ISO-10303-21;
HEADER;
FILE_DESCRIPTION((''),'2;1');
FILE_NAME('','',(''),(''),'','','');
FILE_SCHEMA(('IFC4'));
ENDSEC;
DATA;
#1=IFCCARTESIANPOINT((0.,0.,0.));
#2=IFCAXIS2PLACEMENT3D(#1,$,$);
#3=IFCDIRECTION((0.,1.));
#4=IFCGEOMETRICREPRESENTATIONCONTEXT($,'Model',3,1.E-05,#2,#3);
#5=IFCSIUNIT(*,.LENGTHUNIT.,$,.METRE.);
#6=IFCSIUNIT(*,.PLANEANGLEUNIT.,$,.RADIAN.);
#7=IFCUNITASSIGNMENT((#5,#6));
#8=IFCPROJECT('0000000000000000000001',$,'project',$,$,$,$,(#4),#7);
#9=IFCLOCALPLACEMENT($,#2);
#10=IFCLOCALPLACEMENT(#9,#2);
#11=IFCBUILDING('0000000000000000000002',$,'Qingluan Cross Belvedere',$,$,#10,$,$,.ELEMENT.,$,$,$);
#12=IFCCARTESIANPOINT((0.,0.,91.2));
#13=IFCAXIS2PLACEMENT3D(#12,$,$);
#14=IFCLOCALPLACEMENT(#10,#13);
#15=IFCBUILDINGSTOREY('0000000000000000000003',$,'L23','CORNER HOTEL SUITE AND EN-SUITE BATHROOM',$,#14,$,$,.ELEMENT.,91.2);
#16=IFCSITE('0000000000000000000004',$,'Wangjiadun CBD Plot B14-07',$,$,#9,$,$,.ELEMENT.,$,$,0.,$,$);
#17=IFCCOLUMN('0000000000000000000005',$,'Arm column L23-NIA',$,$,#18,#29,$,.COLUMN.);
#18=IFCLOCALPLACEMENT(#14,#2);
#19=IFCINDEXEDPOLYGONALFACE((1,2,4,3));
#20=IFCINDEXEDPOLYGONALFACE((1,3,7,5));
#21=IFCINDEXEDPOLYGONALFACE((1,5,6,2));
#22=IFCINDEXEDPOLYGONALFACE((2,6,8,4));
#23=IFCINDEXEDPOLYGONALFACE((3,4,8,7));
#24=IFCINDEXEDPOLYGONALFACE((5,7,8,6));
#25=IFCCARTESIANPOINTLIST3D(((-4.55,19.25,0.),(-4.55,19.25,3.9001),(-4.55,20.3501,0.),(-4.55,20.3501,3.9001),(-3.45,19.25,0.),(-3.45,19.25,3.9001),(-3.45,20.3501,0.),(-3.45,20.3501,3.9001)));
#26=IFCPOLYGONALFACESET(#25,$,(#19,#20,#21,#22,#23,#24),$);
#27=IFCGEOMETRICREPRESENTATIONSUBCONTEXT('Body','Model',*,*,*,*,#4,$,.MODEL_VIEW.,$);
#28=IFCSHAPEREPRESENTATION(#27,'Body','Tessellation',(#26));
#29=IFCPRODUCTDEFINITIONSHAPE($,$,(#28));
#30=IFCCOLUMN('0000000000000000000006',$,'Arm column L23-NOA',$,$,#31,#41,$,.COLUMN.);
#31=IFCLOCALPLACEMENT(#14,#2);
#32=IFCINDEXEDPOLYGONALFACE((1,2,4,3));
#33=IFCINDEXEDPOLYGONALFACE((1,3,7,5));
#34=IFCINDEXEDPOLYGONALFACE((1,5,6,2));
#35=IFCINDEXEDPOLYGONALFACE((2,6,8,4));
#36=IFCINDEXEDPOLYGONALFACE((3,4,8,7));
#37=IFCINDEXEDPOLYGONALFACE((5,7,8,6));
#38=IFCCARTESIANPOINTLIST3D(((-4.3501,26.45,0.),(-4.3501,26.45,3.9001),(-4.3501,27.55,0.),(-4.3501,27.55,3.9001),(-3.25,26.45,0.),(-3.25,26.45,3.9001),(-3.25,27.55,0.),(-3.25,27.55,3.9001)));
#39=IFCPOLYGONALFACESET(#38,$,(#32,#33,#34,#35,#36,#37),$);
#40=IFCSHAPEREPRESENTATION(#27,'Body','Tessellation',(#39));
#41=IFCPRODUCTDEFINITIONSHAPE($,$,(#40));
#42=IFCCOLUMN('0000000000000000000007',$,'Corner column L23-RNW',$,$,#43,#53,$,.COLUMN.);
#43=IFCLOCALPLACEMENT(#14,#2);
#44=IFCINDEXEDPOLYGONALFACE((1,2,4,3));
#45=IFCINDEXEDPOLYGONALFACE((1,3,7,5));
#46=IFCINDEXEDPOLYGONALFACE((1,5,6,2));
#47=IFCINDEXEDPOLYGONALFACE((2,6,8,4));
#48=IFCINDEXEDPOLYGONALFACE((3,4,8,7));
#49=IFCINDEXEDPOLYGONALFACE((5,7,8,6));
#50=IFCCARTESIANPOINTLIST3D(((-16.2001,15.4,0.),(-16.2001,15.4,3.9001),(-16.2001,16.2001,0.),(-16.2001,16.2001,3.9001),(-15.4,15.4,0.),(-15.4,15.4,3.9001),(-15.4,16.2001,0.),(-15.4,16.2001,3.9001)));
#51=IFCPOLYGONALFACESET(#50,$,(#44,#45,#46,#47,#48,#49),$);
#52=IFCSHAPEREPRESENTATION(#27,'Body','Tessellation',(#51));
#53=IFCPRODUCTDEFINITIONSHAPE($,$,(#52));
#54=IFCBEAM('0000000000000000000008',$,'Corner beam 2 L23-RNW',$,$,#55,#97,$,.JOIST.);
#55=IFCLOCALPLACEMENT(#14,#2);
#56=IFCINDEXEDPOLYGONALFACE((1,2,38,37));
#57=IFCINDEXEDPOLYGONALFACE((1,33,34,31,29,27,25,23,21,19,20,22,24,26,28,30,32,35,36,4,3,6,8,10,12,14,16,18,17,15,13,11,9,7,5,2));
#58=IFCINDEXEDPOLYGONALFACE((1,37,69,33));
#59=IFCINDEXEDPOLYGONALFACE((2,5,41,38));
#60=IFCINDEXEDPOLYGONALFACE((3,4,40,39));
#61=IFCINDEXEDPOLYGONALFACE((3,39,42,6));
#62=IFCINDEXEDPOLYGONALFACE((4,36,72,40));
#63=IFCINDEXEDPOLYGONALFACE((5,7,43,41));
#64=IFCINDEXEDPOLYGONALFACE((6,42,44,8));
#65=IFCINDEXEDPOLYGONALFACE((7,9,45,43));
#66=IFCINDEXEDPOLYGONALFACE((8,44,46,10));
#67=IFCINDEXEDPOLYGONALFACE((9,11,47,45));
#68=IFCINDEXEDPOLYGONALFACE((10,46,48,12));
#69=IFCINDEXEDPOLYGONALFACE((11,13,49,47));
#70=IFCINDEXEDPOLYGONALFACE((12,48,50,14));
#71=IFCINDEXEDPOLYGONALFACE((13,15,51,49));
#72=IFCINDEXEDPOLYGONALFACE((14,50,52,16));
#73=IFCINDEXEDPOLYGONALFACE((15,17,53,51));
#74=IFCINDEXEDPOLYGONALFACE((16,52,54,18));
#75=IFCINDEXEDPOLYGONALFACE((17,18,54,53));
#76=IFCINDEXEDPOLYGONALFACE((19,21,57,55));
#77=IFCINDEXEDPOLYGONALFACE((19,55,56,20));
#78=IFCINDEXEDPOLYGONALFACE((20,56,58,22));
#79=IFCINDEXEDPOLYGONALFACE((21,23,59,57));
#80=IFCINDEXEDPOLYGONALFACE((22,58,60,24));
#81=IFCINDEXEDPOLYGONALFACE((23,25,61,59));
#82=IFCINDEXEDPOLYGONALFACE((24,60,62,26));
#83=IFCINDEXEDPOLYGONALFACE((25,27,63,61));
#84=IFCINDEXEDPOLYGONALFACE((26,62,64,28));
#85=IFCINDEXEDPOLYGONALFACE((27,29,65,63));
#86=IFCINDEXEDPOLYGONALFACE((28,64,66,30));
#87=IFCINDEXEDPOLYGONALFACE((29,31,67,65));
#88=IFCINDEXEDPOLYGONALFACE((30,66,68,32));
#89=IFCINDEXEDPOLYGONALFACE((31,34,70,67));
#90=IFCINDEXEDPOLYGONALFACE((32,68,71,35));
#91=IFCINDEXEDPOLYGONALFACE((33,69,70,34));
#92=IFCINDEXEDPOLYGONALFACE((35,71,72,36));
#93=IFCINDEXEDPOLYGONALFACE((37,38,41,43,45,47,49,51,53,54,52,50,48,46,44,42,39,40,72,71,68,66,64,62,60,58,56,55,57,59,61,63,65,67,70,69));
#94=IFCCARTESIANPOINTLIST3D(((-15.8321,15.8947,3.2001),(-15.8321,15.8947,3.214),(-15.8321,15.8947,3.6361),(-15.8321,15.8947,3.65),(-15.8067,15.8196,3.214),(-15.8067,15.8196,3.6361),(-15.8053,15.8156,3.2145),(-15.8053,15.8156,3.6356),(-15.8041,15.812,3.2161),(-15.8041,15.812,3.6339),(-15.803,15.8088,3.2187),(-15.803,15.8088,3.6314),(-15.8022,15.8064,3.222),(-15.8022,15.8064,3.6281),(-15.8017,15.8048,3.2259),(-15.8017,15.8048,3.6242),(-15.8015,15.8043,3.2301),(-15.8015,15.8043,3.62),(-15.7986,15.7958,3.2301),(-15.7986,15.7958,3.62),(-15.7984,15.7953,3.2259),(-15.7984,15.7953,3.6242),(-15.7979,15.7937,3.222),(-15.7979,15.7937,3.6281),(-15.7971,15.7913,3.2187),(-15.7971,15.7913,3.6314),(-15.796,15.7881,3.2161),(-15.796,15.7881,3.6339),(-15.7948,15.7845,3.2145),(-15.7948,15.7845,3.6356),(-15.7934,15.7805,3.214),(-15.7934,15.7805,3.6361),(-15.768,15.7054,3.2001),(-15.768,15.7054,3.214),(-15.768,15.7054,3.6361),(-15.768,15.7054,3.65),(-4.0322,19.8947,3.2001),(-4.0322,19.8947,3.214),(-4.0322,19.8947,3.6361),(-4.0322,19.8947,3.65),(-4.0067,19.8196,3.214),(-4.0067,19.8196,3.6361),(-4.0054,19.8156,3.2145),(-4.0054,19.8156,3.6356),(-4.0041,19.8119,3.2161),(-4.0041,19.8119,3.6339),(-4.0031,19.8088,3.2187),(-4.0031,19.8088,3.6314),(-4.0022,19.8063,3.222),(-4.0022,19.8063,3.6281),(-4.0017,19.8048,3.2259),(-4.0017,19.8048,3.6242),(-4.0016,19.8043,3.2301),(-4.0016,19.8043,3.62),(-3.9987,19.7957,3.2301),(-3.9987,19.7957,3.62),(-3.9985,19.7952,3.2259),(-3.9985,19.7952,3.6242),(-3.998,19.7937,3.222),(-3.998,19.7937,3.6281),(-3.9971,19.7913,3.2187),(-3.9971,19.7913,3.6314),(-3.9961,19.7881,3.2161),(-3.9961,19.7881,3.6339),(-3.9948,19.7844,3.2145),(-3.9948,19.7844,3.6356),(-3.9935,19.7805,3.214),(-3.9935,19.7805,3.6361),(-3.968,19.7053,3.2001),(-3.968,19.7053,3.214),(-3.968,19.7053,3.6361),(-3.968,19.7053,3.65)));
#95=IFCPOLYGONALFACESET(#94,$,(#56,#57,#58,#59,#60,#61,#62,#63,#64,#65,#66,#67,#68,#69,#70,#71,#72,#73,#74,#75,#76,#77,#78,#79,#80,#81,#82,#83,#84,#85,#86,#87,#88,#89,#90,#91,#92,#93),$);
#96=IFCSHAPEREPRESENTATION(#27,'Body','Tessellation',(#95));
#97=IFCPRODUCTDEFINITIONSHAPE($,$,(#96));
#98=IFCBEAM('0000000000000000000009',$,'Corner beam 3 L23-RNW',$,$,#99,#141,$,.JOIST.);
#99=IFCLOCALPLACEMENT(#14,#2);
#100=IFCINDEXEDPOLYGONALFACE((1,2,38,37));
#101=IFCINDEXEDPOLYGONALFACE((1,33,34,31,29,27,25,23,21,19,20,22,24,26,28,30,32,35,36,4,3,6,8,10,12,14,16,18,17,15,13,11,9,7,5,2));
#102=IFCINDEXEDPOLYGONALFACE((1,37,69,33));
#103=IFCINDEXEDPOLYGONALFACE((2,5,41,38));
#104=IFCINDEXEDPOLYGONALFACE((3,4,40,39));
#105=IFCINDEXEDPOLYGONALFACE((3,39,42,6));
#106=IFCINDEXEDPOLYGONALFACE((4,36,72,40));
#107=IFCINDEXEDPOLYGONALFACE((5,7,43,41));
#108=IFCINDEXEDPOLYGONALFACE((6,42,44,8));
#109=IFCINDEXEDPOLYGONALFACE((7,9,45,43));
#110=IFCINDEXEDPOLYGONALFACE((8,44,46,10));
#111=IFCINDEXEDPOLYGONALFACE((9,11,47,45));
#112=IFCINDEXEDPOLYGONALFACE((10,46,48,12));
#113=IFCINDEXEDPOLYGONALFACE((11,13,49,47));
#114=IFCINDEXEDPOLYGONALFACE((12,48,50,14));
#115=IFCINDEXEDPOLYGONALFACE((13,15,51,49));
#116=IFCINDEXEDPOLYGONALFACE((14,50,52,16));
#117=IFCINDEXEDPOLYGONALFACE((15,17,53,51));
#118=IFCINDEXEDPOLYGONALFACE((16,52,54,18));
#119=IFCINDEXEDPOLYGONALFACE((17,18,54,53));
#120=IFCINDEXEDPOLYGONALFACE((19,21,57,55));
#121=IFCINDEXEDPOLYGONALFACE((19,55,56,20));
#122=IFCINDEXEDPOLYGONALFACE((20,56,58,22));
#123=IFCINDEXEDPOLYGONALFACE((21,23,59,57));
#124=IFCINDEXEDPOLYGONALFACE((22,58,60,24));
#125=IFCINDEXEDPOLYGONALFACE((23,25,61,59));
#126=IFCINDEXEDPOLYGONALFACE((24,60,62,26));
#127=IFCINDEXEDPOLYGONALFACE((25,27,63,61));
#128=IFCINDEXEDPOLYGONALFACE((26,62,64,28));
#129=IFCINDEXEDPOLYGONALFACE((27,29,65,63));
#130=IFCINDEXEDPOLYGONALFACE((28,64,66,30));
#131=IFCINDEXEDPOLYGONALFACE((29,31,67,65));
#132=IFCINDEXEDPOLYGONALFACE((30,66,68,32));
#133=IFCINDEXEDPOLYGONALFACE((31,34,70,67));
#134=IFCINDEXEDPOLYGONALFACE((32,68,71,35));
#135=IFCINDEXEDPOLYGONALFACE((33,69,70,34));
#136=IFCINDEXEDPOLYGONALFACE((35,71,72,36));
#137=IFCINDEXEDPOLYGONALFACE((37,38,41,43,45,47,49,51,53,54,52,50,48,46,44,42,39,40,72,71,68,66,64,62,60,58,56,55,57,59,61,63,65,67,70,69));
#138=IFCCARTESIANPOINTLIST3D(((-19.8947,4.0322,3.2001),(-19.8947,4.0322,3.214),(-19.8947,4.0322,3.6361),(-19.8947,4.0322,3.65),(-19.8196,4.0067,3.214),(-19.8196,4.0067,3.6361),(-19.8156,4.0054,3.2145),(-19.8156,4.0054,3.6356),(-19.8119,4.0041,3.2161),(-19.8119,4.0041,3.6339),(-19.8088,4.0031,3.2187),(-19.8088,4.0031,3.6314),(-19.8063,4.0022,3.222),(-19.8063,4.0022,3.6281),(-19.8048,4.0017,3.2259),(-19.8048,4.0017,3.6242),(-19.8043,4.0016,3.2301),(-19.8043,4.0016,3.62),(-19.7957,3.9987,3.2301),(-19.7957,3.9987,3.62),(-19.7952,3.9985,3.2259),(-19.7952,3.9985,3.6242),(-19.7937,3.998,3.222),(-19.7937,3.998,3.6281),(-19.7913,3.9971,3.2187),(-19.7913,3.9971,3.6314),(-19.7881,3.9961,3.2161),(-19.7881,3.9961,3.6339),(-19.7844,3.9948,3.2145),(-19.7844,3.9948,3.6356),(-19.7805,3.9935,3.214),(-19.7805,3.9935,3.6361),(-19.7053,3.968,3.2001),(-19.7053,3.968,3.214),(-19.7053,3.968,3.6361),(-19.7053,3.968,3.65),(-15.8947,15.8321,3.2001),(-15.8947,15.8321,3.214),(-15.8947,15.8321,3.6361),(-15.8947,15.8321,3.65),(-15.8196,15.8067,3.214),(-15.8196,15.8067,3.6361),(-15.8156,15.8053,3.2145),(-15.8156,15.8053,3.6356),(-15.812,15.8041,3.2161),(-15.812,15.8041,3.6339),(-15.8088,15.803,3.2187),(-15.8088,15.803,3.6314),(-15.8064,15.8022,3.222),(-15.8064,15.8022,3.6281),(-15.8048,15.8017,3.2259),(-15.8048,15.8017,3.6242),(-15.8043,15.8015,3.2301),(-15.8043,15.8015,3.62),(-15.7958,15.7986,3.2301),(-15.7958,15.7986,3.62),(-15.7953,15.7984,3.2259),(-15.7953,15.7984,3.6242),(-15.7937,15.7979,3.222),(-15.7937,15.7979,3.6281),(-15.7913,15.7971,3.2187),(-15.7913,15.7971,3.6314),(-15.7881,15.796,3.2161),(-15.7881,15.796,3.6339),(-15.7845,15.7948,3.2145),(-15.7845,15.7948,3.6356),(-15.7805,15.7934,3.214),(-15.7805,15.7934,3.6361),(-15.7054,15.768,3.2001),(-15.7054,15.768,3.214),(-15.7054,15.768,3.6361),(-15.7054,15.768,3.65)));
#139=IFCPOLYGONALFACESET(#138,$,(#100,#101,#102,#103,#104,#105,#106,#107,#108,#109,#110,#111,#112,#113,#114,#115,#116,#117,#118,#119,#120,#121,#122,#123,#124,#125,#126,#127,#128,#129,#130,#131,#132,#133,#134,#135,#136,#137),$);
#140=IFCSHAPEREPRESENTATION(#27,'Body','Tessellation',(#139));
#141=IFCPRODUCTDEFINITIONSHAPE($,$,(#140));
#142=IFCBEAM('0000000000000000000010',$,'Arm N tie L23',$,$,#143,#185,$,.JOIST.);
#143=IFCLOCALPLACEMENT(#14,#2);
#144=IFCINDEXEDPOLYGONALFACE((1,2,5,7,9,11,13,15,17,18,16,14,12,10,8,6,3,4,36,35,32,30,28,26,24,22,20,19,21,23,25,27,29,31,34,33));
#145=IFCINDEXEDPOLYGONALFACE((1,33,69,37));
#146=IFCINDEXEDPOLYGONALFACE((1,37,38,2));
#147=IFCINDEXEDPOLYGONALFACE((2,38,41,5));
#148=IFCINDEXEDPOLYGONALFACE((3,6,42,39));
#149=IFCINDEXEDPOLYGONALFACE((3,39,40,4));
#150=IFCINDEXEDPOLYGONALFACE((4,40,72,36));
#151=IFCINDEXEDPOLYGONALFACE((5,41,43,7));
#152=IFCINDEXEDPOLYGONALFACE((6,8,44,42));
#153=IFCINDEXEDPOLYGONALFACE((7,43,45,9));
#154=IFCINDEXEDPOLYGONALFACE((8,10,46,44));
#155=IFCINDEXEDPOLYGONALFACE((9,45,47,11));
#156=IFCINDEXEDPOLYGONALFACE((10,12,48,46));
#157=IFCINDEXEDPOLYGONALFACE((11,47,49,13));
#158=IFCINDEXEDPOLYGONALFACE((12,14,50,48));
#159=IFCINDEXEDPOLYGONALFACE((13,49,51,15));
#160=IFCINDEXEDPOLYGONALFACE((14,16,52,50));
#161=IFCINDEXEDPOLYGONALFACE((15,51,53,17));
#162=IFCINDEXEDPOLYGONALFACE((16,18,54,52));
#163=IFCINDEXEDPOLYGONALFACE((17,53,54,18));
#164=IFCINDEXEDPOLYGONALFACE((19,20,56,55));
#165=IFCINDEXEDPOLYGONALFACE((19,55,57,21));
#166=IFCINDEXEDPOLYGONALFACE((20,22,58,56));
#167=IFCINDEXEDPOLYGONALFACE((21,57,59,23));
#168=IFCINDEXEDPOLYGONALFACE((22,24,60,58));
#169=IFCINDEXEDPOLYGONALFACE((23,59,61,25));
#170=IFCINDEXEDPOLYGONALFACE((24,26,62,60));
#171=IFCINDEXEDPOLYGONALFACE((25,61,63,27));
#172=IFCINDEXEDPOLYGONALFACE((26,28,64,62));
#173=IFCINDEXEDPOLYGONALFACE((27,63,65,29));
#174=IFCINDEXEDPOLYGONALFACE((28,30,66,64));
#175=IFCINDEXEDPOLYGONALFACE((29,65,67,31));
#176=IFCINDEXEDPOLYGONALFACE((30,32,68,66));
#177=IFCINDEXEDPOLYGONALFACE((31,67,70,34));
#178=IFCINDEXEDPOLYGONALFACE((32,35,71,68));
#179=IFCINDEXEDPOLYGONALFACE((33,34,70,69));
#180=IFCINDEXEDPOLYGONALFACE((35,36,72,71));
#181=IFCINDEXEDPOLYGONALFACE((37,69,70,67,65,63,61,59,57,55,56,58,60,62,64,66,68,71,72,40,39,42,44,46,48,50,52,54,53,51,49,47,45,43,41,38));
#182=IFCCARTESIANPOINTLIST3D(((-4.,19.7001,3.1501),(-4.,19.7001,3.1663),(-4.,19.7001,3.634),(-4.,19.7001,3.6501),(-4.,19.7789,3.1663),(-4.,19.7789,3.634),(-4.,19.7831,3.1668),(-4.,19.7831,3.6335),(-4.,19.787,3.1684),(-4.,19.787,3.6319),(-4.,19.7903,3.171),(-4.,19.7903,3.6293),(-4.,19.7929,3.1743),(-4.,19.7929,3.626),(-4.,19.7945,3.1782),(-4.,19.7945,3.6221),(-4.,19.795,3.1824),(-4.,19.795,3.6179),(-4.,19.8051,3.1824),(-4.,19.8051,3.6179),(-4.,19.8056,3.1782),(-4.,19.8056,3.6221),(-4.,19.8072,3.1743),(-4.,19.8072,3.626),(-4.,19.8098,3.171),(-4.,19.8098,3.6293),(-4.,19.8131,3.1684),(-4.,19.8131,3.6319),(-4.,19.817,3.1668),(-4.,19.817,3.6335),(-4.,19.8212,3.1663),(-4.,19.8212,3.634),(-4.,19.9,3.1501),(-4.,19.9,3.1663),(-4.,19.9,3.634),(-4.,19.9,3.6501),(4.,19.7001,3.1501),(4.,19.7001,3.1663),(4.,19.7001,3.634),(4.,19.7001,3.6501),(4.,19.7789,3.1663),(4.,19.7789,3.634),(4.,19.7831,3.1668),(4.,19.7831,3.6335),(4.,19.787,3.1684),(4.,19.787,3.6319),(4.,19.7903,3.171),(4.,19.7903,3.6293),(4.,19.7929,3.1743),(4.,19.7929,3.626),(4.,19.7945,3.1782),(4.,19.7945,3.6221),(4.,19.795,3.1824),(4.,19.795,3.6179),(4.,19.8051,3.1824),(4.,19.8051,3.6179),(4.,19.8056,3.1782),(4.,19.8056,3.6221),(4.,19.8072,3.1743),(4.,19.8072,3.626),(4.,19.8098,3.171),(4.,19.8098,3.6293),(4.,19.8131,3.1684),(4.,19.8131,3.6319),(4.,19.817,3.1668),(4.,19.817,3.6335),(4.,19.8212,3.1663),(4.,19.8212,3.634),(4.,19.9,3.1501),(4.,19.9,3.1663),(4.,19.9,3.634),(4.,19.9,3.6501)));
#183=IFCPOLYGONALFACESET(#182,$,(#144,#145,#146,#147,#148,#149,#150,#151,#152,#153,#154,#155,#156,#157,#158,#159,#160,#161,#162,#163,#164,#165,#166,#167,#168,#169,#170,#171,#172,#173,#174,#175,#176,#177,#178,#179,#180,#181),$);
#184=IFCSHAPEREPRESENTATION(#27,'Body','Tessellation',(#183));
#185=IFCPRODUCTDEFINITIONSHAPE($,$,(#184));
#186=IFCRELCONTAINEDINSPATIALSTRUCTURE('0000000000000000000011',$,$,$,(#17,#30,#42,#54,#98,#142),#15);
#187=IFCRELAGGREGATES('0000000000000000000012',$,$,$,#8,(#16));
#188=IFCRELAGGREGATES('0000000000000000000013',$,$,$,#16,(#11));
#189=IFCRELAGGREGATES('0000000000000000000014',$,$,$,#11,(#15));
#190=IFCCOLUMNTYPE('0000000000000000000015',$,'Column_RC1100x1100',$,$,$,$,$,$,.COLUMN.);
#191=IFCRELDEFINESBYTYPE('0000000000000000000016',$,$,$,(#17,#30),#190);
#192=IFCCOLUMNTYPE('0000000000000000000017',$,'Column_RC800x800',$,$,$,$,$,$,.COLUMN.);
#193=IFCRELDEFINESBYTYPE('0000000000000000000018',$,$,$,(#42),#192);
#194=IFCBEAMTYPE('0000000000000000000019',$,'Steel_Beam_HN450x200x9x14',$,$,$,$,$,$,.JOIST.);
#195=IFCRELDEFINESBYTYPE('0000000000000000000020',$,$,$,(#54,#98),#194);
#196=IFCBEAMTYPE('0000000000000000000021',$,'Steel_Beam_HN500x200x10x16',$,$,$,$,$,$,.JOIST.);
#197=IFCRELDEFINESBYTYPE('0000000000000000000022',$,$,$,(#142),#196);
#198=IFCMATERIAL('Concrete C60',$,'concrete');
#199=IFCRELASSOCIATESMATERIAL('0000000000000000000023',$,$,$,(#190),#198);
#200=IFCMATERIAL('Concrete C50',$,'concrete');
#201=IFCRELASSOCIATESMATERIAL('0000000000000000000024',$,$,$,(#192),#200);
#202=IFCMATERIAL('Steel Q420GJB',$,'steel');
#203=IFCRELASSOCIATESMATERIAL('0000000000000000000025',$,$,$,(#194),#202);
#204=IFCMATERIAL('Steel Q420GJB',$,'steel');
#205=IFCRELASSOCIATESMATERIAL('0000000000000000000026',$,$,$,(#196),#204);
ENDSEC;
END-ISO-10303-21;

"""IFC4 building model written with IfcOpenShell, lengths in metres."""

from ifc_helpers import new_model, si_unit, direction, frame, origin, origin_2d, place, context, subcontext, project, spatial, rectangle, i_section, extrude, material, material_profile, profile_set, type_object, element, save


model = new_model("IFC4")

# Units and contexts
model_context = context("Model", 3, precision=1e-05, world=origin(), true_north=direction((0.0, 1.0)))
body_context = subcontext(model_context, "Body", "Model", "MODEL_VIEW")
ifc_project = project(units=[si_unit("LENGTHUNIT", "METRE"), si_unit("PLANEANGLEUNIT", "RADIAN")], contexts=[model_context])

# Site, building, storey
site_placement = place(None, origin())
site = spatial("IfcSite", under=ifc_project, at=site_placement, Name="Wangjiadun CBD Plot B14-07", CompositionType="ELEMENT", RefElevation=0.0)
building_placement = place(site_placement, origin())
building = spatial("IfcBuilding", under=site, at=building_placement, Name="Qingluan Cross Belvedere", CompositionType="ELEMENT")
storey_placement = place(building_placement, frame((0.0, 0.0, 91.2)))
storey = spatial("IfcBuildingStorey", under=building, at=storey_placement, Name="L23", Description="CORNER HOTEL SUITE AND EN-SUITE BATHROOM", CompositionType="ELEMENT", Elevation=91.2)

# Columns
ifc_material_1 = material(Name="Concrete C60", Category="concrete")
ifc_material_profile_1 = material_profile(ifc_material_1, rectangle(XDim=1.1001, YDim=1.1001, at=origin_2d()), Name="RC1100x1100")
ifc_profile_set_1 = profile_set([ifc_material_profile_1], Name="Concrete C60")
column_type_1 = type_object("IfcColumnType", Name="Column_RC1100x1100", PredefinedType="COLUMN", material=ifc_profile_set_1)
for number, where, z_axis, x_axis, name in (
    (1, (-4.0, 19.8, 0.0), (0.0, 0.0, 1.0), (1.0, 0.0, 0.0), "Arm column L23-NIA"),
    (2, (-3.8, 27.0, 0.0), (0.0, 0.0, 1.0), (1.0, 0.0, 0.0), "Arm column L23-NOA"),
):
    element("IfcColumn", number, at=place(storey_placement, frame(where, z_axis=z_axis, x_axis=x_axis)), inside=storey, type_object=column_type_1, Name=name, PredefinedType="COLUMN", context=body_context, shape_type="SweptSolid", body=[
        extrude(rectangle(XDim=1.1001, YDim=1.1001, at=origin_2d()), origin(), (0.0, 0.0, 1.0), 3.9001),
    ])
ifc_material_2 = material(Name="Concrete C50", Category="concrete")
ifc_material_profile_2 = material_profile(ifc_material_2, rectangle(XDim=0.8, YDim=0.8, at=origin_2d()), Name="RC800x800")
ifc_profile_set_2 = profile_set([ifc_material_profile_2], Name="Concrete C50")
column_type_2 = type_object("IfcColumnType", Name="Column_RC800x800", PredefinedType="COLUMN", material=ifc_profile_set_2)
column_placement = place(storey_placement, frame((-15.8, 15.8, 0.0), z_axis=(0.0, 0.0, 1.0), x_axis=(1.0, 0.0, 0.0)))
element("IfcColumn", 3, at=column_placement, inside=storey, type_object=column_type_2, Name="Corner column L23-RNW", PredefinedType="COLUMN", context=body_context, shape_type="SweptSolid", body=[
    extrude(rectangle(XDim=0.8, YDim=0.8, at=origin_2d()), origin(), (0.0, 0.0, 1.0), 3.9001),
])

# Beams
ifc_material_3 = material(Name="Steel Q420GJB", Category="steel")
ifc_material_profile_3 = material_profile(ifc_material_3, i_section(OverallWidth=0.2, OverallDepth=0.45, WebThickness=0.009, FlangeThickness=0.0139, FilletRadius=0.0161, at=origin_2d()), Name="HN450x200x9x14")
ifc_profile_set_3 = profile_set([ifc_material_profile_3], Name="Steel Q420GJB")
beam_type_1 = type_object("IfcBeamType", Name="Steel_Beam_HN450x200x9x14", PredefinedType="JOIST", material=ifc_profile_set_3)
for number, where, z_axis, x_axis, name in (
    (4, (-15.8, 15.8, 3.425), (0.947066, 0.321038, 0.0), (-0.321038, 0.947066, 0.0), "Corner beam 2 L23-RNW"),
    (5, (-15.8, 15.8, 3.425), (-0.321038, -0.947066, 0.0), (0.947066, -0.321038, 0.0), "Corner beam 3 L23-RNW"),
):
    element("IfcBeam", number, at=place(storey_placement, frame(where, z_axis=z_axis, x_axis=x_axis)), inside=storey, type_object=beam_type_1, Name=name, PredefinedType="JOIST", context=body_context, shape_type="SweptSolid", body=[
        extrude(i_section(OverallWidth=0.2, OverallDepth=0.45, WebThickness=0.009, FlangeThickness=0.0139, FilletRadius=0.0161, at=origin_2d()), origin(), (0.0, 0.0, 1.0), 12.4595),
    ])
ifc_material_4 = material(Name="Steel Q420GJB", Category="steel")
ifc_material_profile_4 = material_profile(ifc_material_4, i_section(OverallWidth=0.2, OverallDepth=0.5, WebThickness=0.01, FlangeThickness=0.0161, FilletRadius=0.0161, at=origin_2d()), Name="HN500x200x10x16")
ifc_profile_set_4 = profile_set([ifc_material_profile_4], Name="Steel Q420GJB")
beam_type_2 = type_object("IfcBeamType", Name="Steel_Beam_HN500x200x10x16", PredefinedType="JOIST", material=ifc_profile_set_4)
for number, where, z_axis, x_axis, name in (
    (6, (-4.0, 19.8, 3.4001), (1.0, 0.0, 0.0), (0.0, 1.0, 0.0), "Arm N tie L23"),
):
    element("IfcBeam", number, at=place(storey_placement, frame(where, z_axis=z_axis, x_axis=x_axis)), inside=storey, type_object=beam_type_2, Name=name, PredefinedType="JOIST", context=body_context, shape_type="SweptSolid", body=[
        extrude(i_section(OverallWidth=0.2, OverallDepth=0.5, WebThickness=0.01, FlangeThickness=0.0161, FilletRadius=0.0161, at=origin_2d()), origin(), (0.0, 0.0, 1.0), 8.0),
    ])

save(model, "model.ifc")
